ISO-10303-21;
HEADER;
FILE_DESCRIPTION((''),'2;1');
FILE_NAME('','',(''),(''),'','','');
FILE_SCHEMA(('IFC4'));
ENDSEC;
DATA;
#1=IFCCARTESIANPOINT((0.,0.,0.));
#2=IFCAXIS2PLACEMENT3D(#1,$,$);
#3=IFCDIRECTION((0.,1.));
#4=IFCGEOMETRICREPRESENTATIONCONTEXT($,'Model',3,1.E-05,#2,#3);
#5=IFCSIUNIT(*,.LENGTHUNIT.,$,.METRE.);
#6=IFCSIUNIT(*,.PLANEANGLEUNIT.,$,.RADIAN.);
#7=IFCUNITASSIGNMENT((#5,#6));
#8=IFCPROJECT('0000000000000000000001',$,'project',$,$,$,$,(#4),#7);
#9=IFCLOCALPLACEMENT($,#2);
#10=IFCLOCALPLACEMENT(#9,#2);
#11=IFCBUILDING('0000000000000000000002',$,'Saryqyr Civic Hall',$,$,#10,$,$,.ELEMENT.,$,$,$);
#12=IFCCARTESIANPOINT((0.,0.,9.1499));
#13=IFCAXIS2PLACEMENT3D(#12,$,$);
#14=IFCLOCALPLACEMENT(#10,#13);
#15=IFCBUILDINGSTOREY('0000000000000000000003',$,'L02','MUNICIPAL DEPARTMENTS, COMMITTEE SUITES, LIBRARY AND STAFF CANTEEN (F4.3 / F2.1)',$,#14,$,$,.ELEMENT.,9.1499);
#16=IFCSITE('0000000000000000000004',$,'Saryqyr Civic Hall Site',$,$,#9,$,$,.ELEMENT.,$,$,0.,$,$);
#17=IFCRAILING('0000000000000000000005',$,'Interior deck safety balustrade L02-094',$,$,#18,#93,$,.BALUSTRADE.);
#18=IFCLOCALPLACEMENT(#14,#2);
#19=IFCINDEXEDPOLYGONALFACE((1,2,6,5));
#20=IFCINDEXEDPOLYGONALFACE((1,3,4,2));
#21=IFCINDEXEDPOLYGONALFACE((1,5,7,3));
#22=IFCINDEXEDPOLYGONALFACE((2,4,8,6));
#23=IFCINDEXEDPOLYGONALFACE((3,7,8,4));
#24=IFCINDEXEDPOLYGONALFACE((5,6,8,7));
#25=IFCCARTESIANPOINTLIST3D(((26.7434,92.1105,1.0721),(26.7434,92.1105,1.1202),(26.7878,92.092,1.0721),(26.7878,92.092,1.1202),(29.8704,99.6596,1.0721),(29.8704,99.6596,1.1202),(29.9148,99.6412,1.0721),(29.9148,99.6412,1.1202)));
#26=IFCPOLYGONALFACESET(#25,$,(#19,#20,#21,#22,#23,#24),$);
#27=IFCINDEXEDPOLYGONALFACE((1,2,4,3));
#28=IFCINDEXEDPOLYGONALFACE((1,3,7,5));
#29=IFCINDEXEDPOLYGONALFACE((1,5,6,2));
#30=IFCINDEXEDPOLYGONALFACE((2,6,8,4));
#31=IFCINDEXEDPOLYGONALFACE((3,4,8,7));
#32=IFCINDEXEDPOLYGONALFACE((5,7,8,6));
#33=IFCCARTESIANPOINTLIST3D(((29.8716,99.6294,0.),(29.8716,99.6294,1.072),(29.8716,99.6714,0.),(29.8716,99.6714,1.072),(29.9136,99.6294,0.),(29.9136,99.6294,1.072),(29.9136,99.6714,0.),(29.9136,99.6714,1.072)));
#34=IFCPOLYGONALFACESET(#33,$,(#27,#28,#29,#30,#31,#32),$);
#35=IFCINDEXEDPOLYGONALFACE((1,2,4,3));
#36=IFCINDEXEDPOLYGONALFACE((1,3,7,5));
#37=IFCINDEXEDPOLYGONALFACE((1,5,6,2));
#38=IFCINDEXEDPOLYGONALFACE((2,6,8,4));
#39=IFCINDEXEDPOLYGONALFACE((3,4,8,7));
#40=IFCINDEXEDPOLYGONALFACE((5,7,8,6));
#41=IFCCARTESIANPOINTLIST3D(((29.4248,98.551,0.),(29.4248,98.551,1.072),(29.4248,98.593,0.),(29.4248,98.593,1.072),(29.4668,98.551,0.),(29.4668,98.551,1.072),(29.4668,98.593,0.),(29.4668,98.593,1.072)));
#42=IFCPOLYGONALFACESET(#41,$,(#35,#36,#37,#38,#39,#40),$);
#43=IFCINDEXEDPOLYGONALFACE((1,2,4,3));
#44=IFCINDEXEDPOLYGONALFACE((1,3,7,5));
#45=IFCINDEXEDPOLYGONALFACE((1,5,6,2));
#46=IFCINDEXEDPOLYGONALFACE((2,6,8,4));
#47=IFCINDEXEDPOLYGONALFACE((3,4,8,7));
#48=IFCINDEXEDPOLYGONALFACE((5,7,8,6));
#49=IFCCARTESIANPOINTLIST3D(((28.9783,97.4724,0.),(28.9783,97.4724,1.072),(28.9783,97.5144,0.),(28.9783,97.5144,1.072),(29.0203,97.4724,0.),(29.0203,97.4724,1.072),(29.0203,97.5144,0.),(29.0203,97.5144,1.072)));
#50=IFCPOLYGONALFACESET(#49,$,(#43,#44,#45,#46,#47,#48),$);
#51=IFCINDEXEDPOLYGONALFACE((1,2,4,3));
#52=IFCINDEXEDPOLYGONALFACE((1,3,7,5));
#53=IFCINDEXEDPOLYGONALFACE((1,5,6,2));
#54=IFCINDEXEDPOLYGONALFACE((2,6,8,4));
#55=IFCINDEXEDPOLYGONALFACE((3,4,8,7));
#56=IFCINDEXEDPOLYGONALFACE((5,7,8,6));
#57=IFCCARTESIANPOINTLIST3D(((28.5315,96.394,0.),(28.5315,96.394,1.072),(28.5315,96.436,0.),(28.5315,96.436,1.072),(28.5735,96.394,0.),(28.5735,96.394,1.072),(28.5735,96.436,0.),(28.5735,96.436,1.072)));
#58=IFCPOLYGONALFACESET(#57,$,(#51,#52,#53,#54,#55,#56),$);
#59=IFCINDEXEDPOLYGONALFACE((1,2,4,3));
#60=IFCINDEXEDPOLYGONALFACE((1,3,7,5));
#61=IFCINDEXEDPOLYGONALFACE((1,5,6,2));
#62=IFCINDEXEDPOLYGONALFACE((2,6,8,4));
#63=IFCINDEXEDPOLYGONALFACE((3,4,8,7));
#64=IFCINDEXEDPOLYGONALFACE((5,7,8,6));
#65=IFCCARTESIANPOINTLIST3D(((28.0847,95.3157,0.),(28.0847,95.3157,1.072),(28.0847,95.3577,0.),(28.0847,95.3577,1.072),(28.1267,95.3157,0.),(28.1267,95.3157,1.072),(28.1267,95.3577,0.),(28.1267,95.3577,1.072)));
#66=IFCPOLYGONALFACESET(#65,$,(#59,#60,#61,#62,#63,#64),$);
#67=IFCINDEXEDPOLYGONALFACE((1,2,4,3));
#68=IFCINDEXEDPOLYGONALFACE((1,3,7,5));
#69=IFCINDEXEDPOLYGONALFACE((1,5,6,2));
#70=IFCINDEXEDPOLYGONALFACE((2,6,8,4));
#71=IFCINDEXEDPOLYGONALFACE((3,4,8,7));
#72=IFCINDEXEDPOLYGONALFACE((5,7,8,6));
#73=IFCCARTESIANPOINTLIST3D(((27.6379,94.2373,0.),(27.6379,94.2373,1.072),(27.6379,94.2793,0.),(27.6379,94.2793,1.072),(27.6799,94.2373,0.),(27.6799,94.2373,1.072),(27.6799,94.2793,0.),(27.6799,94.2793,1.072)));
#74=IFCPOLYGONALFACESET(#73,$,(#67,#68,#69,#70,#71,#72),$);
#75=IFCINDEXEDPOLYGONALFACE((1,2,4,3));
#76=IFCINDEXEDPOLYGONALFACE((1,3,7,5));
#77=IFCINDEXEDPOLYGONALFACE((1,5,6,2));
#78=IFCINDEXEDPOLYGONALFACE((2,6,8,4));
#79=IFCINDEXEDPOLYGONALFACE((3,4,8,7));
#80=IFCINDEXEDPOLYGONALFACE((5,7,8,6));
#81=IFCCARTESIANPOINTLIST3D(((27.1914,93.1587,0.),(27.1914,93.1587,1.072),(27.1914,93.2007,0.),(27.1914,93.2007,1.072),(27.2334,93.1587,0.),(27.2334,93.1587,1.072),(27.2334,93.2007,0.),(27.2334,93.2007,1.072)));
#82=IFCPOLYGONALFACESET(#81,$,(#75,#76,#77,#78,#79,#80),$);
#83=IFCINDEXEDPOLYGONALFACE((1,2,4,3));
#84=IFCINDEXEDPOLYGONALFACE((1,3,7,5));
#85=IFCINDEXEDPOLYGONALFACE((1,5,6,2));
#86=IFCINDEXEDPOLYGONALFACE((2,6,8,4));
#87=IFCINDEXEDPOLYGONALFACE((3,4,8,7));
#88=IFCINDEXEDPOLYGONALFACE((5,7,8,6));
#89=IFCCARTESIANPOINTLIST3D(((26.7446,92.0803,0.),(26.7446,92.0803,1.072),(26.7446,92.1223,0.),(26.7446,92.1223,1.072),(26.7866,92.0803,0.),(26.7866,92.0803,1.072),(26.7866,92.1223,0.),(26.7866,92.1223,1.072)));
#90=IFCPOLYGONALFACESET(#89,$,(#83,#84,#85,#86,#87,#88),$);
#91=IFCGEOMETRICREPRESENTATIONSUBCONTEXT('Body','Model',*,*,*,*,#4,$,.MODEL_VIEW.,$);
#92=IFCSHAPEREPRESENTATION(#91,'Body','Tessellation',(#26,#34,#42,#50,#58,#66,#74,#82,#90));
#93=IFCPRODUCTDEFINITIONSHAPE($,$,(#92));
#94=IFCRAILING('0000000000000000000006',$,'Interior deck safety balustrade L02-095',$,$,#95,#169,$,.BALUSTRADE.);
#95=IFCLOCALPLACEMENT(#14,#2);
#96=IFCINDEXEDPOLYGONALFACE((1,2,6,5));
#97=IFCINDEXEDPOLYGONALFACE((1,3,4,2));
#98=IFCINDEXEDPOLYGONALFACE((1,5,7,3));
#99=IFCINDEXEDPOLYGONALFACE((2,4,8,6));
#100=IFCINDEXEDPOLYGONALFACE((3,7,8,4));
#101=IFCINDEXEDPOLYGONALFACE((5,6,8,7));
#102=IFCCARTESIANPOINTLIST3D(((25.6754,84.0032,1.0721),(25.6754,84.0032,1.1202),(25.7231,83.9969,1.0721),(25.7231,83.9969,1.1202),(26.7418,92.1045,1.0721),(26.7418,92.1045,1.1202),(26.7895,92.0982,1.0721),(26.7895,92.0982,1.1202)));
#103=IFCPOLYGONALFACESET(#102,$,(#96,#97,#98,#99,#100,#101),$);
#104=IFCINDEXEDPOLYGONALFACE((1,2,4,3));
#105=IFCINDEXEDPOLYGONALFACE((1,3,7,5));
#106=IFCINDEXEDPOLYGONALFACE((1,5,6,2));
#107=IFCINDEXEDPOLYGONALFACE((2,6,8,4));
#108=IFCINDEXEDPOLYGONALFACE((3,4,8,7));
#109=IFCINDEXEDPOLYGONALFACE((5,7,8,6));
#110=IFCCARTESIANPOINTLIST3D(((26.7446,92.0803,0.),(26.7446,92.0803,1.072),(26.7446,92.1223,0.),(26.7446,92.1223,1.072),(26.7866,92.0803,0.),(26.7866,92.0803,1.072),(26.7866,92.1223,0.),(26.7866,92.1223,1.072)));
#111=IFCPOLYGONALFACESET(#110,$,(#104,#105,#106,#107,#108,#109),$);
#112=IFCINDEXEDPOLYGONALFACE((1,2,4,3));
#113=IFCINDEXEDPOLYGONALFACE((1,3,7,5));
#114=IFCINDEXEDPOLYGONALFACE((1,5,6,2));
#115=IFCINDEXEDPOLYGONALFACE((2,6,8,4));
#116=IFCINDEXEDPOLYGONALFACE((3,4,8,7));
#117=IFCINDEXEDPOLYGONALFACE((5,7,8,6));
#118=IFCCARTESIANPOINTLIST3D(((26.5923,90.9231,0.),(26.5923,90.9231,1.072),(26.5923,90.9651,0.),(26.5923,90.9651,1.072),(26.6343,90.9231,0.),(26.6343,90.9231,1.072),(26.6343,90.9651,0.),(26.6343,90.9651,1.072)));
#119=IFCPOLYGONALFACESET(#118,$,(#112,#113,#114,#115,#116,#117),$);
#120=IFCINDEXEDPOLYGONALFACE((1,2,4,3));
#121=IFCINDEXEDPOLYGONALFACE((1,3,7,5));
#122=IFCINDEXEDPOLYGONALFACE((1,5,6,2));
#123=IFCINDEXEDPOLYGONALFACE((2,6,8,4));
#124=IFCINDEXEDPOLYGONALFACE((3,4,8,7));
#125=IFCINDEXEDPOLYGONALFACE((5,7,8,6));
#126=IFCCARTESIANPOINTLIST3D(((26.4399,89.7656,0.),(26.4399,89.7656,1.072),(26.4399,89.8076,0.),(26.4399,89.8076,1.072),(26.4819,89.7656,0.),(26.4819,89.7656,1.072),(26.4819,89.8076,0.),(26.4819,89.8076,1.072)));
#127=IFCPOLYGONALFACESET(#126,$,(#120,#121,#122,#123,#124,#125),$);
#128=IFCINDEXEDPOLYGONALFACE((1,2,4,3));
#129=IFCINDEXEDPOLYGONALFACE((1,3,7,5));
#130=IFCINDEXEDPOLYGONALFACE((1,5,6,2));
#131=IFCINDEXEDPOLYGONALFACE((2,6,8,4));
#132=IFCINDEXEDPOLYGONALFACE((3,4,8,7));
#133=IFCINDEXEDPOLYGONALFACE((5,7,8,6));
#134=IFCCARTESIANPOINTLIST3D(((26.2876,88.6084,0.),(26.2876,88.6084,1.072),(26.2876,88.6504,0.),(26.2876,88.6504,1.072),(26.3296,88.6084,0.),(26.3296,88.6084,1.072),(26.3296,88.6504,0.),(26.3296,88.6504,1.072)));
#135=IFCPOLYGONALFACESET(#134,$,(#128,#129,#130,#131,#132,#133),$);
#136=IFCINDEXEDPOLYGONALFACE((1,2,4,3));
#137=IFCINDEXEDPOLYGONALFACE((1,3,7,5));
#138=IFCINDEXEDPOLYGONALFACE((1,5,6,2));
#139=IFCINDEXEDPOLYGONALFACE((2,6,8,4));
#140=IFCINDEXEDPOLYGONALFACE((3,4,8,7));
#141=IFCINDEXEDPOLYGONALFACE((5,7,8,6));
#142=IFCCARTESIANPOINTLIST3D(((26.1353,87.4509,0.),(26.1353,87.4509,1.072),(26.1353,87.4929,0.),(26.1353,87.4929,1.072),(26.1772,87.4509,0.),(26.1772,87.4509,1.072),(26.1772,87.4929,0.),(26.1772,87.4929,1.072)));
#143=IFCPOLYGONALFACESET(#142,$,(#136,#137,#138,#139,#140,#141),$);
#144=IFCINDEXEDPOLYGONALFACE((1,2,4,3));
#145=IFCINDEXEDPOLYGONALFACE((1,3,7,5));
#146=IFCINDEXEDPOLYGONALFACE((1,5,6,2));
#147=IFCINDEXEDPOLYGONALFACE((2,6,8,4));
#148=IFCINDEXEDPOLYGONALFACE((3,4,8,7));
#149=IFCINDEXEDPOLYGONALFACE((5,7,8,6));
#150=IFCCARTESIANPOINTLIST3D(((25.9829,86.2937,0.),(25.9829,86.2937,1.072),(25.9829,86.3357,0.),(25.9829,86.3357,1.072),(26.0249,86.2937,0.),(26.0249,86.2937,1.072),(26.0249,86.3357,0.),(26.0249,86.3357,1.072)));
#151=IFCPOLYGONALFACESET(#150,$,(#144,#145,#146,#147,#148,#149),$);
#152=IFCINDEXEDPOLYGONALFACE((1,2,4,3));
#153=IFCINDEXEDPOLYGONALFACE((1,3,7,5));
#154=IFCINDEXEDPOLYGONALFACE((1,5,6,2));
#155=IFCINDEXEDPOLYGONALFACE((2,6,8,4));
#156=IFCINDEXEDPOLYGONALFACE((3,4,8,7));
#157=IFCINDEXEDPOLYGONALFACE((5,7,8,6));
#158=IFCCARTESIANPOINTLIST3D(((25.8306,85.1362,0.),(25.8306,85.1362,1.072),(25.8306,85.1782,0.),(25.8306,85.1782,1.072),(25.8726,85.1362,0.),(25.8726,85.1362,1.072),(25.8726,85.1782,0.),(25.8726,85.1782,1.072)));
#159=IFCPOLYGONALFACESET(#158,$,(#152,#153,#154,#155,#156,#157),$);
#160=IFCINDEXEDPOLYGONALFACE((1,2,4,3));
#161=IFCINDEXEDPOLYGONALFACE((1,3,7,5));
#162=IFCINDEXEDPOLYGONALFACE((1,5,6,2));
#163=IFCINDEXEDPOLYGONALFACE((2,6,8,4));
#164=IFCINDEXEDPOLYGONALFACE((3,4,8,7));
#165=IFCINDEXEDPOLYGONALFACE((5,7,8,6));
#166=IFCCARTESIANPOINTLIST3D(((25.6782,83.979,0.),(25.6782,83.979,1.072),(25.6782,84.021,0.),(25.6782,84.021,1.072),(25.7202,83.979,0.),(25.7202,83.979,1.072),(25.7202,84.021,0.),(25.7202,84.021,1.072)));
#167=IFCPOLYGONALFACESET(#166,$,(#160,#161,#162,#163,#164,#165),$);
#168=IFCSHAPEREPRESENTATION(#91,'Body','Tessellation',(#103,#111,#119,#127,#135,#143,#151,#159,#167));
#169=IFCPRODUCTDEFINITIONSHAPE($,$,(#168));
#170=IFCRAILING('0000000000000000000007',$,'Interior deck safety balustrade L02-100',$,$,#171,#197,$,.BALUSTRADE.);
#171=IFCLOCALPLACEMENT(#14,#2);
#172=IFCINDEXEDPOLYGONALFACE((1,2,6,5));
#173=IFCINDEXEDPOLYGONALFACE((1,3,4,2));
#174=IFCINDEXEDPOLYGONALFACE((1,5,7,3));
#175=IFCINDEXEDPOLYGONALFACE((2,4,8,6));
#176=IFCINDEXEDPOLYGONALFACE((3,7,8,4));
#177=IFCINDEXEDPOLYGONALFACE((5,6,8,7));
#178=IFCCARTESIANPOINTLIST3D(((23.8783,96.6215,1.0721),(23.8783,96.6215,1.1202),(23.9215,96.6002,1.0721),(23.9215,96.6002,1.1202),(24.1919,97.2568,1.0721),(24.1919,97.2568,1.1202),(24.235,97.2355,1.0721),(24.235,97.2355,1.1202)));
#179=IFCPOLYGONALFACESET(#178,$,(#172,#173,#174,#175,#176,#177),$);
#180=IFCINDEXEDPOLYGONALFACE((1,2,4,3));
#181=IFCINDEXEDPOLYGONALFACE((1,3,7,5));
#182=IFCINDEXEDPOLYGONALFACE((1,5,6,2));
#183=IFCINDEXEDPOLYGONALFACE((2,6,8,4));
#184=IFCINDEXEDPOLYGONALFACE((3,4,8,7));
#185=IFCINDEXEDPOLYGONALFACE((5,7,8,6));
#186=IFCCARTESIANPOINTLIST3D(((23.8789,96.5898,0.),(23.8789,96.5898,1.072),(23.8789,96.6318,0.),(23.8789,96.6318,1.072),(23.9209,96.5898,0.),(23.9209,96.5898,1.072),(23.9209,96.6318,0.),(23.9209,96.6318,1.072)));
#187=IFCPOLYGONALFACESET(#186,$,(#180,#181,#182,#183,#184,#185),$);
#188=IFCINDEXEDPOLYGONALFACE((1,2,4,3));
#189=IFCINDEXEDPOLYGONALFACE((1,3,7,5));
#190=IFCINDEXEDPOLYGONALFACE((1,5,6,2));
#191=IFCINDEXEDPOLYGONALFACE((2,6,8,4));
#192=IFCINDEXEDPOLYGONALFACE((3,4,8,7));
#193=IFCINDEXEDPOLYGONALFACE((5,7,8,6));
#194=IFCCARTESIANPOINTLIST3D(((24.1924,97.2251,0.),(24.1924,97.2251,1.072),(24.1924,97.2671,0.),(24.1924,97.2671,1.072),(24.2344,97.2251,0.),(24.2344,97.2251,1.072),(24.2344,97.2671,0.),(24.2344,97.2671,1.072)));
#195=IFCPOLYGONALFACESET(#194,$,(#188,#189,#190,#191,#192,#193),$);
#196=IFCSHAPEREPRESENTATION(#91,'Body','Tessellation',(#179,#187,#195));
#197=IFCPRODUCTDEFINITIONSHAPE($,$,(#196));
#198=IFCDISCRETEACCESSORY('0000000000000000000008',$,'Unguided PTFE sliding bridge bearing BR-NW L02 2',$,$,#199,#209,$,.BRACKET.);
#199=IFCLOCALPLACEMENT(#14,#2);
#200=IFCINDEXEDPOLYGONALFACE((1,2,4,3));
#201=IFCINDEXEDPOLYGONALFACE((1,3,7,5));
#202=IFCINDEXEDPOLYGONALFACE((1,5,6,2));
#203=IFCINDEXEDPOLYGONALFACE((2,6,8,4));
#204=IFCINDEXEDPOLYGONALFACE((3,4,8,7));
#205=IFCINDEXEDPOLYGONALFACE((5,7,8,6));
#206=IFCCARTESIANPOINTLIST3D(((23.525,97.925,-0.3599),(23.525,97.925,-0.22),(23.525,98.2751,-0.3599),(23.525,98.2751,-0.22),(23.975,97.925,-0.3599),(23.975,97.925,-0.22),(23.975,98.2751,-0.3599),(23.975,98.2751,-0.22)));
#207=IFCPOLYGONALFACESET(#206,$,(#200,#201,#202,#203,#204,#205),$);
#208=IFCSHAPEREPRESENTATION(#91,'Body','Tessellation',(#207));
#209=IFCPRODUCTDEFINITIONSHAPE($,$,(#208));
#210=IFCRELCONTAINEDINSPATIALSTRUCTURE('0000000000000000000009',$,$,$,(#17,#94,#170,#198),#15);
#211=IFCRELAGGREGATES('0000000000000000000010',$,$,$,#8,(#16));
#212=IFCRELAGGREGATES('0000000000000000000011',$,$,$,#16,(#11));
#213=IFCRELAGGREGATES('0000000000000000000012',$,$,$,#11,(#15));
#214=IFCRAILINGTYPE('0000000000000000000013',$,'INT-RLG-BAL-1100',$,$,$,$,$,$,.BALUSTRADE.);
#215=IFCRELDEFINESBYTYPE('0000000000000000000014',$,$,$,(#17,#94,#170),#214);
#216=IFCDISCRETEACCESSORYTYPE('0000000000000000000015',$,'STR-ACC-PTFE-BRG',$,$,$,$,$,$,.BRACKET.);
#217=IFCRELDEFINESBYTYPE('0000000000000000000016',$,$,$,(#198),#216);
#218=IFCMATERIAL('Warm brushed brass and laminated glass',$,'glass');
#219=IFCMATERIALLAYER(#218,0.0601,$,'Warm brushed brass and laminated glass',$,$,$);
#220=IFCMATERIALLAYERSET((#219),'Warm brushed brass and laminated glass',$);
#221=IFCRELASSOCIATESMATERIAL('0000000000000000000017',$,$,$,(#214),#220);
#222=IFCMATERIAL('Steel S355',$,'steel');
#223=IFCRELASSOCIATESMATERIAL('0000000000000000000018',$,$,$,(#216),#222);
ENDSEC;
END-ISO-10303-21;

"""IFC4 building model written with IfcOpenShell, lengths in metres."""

from ifc_helpers import new_model, si_unit, direction, frame, origin, origin_2d, place, context, subcontext, project, spatial, rectangle, extrude, material, layer, layer_set, type_object, element, save


model = new_model("IFC4")

# Units and contexts
model_context = context("Model", 3, precision=1e-05, world=origin(), true_north=direction((0.0, 1.0)))
body_context = subcontext(model_context, "Body", "Model", "MODEL_VIEW")
ifc_project = project(units=[si_unit("LENGTHUNIT", "METRE"), si_unit("PLANEANGLEUNIT", "RADIAN")], contexts=[model_context])

# Site, building, storey
site_placement = place(None, origin())
site = spatial("IfcSite", under=ifc_project, at=site_placement, Name="Saryqyr Civic Hall Site", CompositionType="ELEMENT", RefElevation=0.0)
building_placement = place(site_placement, origin())
building = spatial("IfcBuilding", under=site, at=building_placement, Name="Saryqyr Civic Hall", CompositionType="ELEMENT")
storey_placement = place(building_placement, frame((0.0, 0.0, 9.1499)))
storey = spatial("IfcBuildingStorey", under=building, at=storey_placement, Name="L02", Description="MUNICIPAL DEPARTMENTS, COMMITTEE SUITES, LIBRARY AND STAFF CANTEEN (F4.3 / F2.1)", CompositionType="ELEMENT", Elevation=9.1499)

# Railings
ifc_material_1 = material(Name="Warm brushed brass and laminated glass", Category="glass")
ifc_layer_1 = layer(ifc_material_1, 0.0601, Name="Warm brushed brass and laminated glass")
ifc_layer_set_1 = layer_set([ifc_layer_1], Name="Warm brushed brass and laminated glass")
railing_type = type_object("IfcRailingType", Name="INT-RLG-BAL-1100", PredefinedType="BALUSTRADE", material=ifc_layer_set_1)
railing_1_placement = place(storey_placement, frame((29.8926, 99.6504, 0.0)))
element("IfcRailing", 1, at=railing_1_placement, inside=storey, type_object=railing_type, Name="Interior deck safety balustrade L02-094", PredefinedType="BALUSTRADE", context=body_context, shape_type="SweptSolid", body=[
    extrude(rectangle(XDim=0.0481, YDim=0.0481, at=origin_2d()), frame((0.0, 0.0, 1.0962), z_axis=(-0.382686, -0.923878, 0.0), x_axis=(0.923878, -0.382686, 0.0)), (0.0, 0.0, 1.0), 8.1711),
    extrude(rectangle(XDim=0.042, YDim=0.042, at=origin_2d()), origin(), (0.0, 0.0, 1.0), 1.072),
    extrude(rectangle(XDim=0.042, YDim=0.042, at=origin_2d()), frame((-0.4468, -1.0784, 0.0)), (0.0, 0.0, 1.0), 1.072),
    extrude(rectangle(XDim=0.042, YDim=0.042, at=origin_2d()), frame((-0.8933, -2.157, 0.0)), (0.0, 0.0, 1.0), 1.072),
    extrude(rectangle(XDim=0.042, YDim=0.042, at=origin_2d()), frame((-1.3401, -3.2354, 0.0)), (0.0, 0.0, 1.0), 1.072),
    extrude(rectangle(XDim=0.042, YDim=0.042, at=origin_2d()), frame((-1.7869, -4.3137, 0.0)), (0.0, 0.0, 1.0), 1.072),
    extrude(rectangle(XDim=0.042, YDim=0.042, at=origin_2d()), frame((-2.2336, -5.3921, 0.0)), (0.0, 0.0, 1.0), 1.072),
    extrude(rectangle(XDim=0.042, YDim=0.042, at=origin_2d()), frame((-2.6802, -6.4707, 0.0)), (0.0, 0.0, 1.0), 1.072),
    extrude(rectangle(XDim=0.042, YDim=0.042, at=origin_2d()), frame((-3.127, -7.5491, 0.0)), (0.0, 0.0, 1.0), 1.072),
])
railing_2_placement = place(storey_placement, frame((26.7656, 92.1013, 0.0)))
element("IfcRailing", 2, at=railing_2_placement, inside=storey, type_object=railing_type, Name="Interior deck safety balustrade L02-095", PredefinedType="BALUSTRADE", context=body_context, shape_type="SweptSolid", body=[
    extrude(rectangle(XDim=0.0481, YDim=0.0481, at=origin_2d()), frame((0.0, 0.0, 1.0962), z_axis=(-0.130508, -0.991447, 0.0), x_axis=(0.991447, -0.130508, 0.0)), (0.0, 0.0, 1.0), 8.1711),
    extrude(rectangle(XDim=0.042, YDim=0.042, at=origin_2d()), origin(), (0.0, 0.0, 1.0), 1.072),
    extrude(rectangle(XDim=0.042, YDim=0.042, at=origin_2d()), frame((-0.1523, -1.1572, 0.0)), (0.0, 0.0, 1.0), 1.072),
    extrude(rectangle(XDim=0.042, YDim=0.042, at=origin_2d()), frame((-0.3047, -2.3147, 0.0)), (0.0, 0.0, 1.0), 1.072),
    extrude(rectangle(XDim=0.042, YDim=0.042, at=origin_2d()), frame((-0.457, -3.4719, 0.0)), (0.0, 0.0, 1.0), 1.072),
    extrude(rectangle(XDim=0.042, YDim=0.042, at=origin_2d()), frame((-0.6094, -4.6294, 0.0)), (0.0, 0.0, 1.0), 1.072),
    extrude(rectangle(XDim=0.042, YDim=0.042, at=origin_2d()), frame((-0.7617, -5.7866, 0.0)), (0.0, 0.0, 1.0), 1.072),
    extrude(rectangle(XDim=0.042, YDim=0.042, at=origin_2d()), frame((-0.9141, -6.9441, 0.0)), (0.0, 0.0, 1.0), 1.072),
    extrude(rectangle(XDim=0.042, YDim=0.042, at=origin_2d()), frame((-1.0664, -8.1013, 0.0)), (0.0, 0.0, 1.0), 1.072),
])
railing_3_placement = place(storey_placement, frame((23.8999, 96.6108, 0.0)))
element("IfcRailing", 3, at=railing_3_placement, inside=storey, type_object=railing_type, Name="Interior deck safety balustrade L02-100", PredefinedType="BALUSTRADE", context=body_context, shape_type="SweptSolid", body=[
    extrude(rectangle(XDim=0.0481, YDim=0.0481, at=origin_2d()), frame((0.0, 0.0, 1.0962), z_axis=(0.44252, 0.896758, 0.0), x_axis=(-0.896758, 0.44252, 0.0)), (0.0, 0.0, 1.0), 0.7085),
    extrude(rectangle(XDim=0.042, YDim=0.042, at=origin_2d()), origin(), (0.0, 0.0, 1.0), 1.072),
    extrude(rectangle(XDim=0.042, YDim=0.042, at=origin_2d()), frame((0.3135, 0.6353, 0.0)), (0.0, 0.0, 1.0), 1.072),
])

# Discrete accessory
ifc_material_2 = material(Name="Steel S355", Category="steel")
discrete_accessory_type = type_object("IfcDiscreteAccessoryType", Name="STR-ACC-PTFE-BRG", PredefinedType="BRACKET", material=ifc_material_2)
discrete_accessory_placement = place(storey_placement, frame((23.75, 98.1001, -0.3599), z_axis=(0.0, 0.0, 1.0), x_axis=(1.0, 0.0, 0.0)))
element("IfcDiscreteAccessory", 4, at=discrete_accessory_placement, inside=storey, type_object=discrete_accessory_type, Name="Unguided PTFE sliding bridge bearing BR-NW L02 2", PredefinedType="BRACKET", context=body_context, shape_type="SweptSolid", body=[
    extrude(rectangle(XDim=0.45, YDim=0.3501, at=origin_2d()), origin(), (0.0, 0.0, 1.0), 0.1399),
])

save(model, "model.ifc")
